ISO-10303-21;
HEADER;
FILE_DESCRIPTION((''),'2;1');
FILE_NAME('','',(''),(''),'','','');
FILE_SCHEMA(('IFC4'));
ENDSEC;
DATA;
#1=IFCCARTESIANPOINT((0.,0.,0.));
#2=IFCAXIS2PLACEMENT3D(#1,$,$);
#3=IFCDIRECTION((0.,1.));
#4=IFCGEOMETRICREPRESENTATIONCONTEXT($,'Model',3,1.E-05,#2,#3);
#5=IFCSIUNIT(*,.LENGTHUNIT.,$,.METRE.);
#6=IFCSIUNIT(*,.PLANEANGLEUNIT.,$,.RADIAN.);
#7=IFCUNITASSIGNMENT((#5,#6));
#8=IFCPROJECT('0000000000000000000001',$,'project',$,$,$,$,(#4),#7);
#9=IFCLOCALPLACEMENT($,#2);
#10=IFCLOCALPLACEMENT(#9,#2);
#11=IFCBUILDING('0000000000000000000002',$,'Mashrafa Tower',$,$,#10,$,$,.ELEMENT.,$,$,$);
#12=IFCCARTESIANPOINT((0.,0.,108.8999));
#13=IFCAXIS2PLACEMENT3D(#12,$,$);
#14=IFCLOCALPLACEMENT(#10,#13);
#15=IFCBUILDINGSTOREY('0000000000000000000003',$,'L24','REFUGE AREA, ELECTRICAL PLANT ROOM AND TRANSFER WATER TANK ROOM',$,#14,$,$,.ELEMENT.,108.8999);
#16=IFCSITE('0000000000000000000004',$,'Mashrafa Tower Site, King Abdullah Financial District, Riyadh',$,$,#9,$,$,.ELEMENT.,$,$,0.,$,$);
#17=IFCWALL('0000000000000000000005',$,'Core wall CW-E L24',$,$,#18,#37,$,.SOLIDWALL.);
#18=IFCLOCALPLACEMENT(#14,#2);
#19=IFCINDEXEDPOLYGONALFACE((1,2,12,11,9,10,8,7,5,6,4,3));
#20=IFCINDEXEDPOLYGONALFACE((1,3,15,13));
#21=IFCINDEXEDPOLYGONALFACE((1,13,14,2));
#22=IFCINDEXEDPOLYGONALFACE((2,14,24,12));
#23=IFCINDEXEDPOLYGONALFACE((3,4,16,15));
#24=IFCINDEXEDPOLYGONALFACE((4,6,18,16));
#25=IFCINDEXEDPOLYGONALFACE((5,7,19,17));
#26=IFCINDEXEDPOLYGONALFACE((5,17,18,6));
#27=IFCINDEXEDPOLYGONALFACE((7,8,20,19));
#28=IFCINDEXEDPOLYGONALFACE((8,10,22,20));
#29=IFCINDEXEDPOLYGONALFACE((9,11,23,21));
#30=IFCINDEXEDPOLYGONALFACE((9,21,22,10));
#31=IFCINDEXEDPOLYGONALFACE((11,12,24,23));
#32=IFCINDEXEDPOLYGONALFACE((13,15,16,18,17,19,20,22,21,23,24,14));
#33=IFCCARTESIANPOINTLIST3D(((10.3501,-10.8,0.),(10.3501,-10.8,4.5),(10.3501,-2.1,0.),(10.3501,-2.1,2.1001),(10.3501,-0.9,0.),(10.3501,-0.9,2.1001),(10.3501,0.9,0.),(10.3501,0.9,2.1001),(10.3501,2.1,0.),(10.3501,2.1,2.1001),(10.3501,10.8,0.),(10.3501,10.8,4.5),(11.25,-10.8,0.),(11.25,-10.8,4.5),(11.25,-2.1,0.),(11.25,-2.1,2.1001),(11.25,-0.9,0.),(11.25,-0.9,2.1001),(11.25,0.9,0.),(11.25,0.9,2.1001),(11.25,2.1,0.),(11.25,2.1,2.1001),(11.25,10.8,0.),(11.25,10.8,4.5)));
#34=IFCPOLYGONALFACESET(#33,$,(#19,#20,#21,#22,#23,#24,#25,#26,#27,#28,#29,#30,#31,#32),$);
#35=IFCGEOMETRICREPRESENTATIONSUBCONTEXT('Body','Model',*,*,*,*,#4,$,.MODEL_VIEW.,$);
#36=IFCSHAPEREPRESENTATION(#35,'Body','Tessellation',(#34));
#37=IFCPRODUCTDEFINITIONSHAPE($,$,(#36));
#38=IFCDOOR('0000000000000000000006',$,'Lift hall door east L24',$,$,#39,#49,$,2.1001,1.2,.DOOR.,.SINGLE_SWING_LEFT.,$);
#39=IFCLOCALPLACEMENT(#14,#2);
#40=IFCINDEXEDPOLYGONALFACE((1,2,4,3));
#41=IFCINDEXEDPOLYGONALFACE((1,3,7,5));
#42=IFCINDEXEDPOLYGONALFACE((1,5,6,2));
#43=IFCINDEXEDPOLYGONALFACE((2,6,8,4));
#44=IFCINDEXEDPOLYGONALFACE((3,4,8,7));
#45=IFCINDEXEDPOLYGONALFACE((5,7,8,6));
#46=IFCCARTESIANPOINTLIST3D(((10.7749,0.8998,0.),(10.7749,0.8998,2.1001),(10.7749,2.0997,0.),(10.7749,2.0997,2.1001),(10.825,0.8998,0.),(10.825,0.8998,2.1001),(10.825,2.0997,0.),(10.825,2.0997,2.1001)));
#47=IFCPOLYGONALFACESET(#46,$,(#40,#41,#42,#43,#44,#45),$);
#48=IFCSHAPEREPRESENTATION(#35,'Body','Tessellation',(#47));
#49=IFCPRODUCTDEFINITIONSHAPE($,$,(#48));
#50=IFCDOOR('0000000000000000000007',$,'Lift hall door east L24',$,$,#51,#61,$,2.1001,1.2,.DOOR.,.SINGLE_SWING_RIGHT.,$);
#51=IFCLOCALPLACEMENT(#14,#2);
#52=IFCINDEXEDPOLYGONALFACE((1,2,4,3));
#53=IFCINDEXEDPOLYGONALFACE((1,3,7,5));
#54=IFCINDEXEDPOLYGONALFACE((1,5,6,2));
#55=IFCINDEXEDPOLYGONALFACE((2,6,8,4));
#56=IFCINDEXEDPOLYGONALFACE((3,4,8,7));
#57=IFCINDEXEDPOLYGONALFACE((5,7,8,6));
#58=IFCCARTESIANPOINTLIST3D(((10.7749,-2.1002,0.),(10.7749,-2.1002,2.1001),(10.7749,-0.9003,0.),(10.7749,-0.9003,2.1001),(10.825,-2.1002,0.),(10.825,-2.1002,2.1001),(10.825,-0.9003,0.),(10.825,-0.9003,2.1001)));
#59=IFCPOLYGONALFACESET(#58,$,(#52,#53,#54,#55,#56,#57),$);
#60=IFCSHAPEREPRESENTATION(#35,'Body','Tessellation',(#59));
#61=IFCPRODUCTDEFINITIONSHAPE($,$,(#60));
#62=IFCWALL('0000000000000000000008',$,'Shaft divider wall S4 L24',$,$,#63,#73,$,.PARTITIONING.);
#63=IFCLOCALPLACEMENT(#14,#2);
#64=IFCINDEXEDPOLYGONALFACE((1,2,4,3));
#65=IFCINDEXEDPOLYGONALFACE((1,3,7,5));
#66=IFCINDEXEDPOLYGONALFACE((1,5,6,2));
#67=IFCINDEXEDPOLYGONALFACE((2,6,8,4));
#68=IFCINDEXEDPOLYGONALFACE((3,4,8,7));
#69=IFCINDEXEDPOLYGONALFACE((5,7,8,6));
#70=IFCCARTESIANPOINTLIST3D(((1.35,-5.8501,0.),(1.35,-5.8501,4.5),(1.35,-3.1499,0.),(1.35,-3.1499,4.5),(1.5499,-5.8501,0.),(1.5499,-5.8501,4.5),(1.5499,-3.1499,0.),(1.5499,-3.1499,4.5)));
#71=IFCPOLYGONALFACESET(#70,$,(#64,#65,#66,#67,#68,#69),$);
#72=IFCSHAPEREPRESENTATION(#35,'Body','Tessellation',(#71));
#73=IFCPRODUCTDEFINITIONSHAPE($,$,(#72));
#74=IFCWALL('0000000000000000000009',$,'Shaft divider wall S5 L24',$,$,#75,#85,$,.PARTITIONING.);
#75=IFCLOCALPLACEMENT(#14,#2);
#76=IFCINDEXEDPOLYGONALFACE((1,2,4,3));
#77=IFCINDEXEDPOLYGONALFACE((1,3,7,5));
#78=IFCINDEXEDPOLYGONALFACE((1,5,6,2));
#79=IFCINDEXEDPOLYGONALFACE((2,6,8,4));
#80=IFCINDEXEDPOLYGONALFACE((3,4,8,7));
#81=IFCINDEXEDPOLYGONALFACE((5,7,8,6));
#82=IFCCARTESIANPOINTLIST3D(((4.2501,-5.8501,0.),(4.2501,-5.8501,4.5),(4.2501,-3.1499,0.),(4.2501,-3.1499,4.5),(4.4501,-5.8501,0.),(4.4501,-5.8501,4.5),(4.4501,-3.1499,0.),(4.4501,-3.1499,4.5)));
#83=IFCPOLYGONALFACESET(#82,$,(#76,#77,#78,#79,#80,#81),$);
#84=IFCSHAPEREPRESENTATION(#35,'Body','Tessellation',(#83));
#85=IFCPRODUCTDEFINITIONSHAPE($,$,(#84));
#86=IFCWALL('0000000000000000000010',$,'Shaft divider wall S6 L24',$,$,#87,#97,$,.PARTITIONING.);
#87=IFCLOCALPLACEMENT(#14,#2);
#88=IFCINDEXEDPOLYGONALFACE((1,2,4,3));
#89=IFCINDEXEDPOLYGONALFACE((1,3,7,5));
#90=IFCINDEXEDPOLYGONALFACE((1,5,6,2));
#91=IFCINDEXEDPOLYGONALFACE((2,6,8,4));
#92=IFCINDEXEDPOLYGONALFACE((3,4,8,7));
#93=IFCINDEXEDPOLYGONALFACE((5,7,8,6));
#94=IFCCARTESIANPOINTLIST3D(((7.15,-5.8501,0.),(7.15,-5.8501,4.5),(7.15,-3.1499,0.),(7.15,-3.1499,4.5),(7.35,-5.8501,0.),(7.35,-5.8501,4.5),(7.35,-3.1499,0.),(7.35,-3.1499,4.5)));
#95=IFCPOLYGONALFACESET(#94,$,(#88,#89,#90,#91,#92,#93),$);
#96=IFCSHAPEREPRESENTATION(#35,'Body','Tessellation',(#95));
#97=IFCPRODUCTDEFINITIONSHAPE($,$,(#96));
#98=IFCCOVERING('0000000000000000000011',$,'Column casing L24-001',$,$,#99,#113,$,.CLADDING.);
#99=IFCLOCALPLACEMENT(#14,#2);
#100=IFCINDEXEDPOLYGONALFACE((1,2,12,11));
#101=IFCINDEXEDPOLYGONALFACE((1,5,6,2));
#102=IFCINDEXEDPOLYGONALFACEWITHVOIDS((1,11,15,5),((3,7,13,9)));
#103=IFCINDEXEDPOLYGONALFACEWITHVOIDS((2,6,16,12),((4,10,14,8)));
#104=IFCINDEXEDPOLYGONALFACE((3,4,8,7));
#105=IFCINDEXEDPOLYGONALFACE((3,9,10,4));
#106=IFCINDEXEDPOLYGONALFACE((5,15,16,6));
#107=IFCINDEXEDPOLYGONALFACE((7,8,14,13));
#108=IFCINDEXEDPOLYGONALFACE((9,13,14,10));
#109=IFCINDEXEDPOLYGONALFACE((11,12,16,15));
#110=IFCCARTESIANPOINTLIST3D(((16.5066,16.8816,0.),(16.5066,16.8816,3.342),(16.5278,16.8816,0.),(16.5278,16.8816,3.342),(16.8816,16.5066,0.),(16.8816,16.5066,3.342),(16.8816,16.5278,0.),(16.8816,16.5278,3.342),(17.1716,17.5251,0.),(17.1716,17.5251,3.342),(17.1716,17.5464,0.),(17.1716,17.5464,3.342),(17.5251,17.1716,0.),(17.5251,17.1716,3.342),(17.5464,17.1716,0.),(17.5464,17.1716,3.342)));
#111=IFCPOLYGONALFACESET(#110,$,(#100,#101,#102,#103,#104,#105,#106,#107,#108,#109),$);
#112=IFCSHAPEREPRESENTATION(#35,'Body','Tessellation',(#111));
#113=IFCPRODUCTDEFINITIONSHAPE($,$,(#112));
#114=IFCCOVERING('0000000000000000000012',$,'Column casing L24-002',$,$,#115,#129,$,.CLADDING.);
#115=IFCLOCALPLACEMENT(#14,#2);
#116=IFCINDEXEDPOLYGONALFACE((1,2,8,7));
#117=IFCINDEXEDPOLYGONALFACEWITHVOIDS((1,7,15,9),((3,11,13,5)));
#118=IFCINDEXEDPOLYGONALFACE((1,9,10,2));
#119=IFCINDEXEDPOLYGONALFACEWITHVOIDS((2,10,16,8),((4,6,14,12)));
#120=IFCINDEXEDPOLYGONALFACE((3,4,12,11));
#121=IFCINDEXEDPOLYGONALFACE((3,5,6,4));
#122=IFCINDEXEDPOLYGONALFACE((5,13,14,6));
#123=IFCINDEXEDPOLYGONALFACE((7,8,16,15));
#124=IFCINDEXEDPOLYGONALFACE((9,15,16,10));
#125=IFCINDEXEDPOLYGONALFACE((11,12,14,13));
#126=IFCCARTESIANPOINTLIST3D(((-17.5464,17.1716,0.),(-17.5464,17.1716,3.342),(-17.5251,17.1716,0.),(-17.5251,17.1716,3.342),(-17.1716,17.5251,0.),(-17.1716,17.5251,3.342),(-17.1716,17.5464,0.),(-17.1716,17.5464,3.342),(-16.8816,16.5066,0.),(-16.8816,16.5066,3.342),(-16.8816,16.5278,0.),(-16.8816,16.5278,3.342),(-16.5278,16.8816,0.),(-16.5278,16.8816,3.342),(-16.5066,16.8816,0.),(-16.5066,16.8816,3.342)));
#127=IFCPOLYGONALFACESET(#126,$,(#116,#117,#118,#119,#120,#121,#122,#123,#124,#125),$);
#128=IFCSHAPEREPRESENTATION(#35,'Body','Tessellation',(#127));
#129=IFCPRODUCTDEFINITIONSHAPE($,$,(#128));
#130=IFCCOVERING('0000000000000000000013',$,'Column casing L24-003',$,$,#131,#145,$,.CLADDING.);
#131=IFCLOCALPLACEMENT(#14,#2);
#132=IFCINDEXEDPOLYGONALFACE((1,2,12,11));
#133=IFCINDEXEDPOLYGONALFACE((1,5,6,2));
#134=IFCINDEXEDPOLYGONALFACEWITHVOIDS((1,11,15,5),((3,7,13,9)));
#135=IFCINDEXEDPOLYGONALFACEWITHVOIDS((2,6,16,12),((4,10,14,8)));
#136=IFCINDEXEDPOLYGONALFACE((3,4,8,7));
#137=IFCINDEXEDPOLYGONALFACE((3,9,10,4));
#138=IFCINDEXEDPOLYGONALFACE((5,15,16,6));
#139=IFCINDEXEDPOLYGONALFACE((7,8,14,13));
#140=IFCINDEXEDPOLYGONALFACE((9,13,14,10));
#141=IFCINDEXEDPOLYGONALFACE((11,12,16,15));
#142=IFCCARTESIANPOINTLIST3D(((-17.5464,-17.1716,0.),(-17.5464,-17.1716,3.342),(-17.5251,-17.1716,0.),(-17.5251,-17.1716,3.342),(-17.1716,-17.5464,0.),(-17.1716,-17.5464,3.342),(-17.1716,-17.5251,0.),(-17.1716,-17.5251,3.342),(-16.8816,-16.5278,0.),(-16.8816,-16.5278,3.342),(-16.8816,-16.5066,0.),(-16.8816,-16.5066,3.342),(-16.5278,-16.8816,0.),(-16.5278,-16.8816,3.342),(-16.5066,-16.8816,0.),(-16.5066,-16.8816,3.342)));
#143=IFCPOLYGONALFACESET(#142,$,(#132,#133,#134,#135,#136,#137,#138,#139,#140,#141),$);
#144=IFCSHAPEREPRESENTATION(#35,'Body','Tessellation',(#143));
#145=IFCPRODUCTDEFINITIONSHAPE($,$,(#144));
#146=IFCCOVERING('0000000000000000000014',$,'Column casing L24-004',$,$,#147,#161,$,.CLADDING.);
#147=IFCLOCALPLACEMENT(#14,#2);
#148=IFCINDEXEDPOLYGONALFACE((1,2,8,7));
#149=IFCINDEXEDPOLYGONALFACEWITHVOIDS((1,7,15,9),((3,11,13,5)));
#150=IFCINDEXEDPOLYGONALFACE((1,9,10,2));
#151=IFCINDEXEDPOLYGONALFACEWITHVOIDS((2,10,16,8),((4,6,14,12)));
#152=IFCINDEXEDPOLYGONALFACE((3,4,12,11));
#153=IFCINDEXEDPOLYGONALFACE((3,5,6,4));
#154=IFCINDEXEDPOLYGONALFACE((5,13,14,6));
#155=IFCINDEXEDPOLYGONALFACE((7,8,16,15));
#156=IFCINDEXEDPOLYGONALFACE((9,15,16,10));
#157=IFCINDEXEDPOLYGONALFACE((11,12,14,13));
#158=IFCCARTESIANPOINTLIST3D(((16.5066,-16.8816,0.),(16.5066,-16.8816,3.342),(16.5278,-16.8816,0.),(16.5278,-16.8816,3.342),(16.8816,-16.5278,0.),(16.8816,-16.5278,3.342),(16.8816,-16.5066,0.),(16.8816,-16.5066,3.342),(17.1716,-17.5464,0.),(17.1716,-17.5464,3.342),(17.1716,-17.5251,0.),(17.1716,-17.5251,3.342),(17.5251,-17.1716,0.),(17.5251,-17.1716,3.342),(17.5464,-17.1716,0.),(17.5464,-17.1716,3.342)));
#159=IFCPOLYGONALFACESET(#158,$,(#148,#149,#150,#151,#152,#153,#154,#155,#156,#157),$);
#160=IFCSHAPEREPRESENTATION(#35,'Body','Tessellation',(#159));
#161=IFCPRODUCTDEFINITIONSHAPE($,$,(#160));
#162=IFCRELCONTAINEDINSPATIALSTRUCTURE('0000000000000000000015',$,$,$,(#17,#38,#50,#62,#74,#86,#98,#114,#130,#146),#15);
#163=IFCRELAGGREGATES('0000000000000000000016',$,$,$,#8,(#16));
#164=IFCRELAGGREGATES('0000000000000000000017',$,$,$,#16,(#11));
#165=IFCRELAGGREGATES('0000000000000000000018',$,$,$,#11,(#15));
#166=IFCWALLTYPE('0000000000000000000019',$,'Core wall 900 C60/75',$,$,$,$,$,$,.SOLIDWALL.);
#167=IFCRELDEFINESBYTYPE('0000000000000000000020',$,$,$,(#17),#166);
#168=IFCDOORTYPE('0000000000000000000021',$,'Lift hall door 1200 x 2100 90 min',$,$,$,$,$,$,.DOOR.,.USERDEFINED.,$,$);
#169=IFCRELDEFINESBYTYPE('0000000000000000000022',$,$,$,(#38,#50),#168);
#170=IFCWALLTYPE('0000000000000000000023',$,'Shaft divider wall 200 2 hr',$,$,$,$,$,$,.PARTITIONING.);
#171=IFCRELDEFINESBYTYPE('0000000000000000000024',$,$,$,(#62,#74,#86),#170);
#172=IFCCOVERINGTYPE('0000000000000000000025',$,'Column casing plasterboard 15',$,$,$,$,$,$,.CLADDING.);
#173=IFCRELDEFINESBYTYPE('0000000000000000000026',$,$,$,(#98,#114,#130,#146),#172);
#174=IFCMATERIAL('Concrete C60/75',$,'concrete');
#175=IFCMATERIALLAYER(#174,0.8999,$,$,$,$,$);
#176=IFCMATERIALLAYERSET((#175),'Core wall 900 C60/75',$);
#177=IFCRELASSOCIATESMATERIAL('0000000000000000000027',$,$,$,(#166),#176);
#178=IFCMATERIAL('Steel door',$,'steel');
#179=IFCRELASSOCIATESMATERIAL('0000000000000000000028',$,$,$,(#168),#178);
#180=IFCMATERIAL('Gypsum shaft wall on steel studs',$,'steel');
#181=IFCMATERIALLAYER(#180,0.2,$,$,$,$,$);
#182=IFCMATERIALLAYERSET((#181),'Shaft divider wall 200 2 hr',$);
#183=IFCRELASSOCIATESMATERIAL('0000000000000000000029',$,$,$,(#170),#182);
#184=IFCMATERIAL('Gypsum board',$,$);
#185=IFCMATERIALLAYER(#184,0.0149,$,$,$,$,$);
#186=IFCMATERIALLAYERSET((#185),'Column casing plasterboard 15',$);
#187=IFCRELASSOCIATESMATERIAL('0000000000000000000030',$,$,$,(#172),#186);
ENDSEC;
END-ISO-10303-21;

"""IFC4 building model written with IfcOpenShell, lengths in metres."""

from ifc_helpers import new_model, si_unit, direction, frame, frame_2d, origin, place, context, subcontext, project, spatial, polyline, rectangle, outline, extrude, material, layer, layer_set, type_object, element, fill, save


model = new_model("IFC4")

# Units and contexts
model_context = context("Model", 3, precision=1e-05, world=origin(), true_north=direction((0.0, 1.0)))
body_context = subcontext(model_context, "Body", "Model", "MODEL_VIEW")
ifc_project = project(units=[si_unit("LENGTHUNIT", "METRE"), si_unit("PLANEANGLEUNIT", "RADIAN")], contexts=[model_context])

# Site, building, storey
site_placement = place(None, origin())
site = spatial("IfcSite", under=ifc_project, at=site_placement, Name="Mashrafa Tower Site, King Abdullah Financial District, Riyadh", CompositionType="ELEMENT", RefElevation=0.0)
building_placement = place(site_placement, origin())
building = spatial("IfcBuilding", under=site, at=building_placement, Name="Mashrafa Tower", CompositionType="ELEMENT")
storey_placement = place(building_placement, frame((0.0, 0.0, 108.8999)))
storey = spatial("IfcBuildingStorey", under=building, at=storey_placement, Name="L24", Description="REFUGE AREA, ELECTRICAL PLANT ROOM AND TRANSFER WATER TANK ROOM", CompositionType="ELEMENT", Elevation=108.8999)

# Wall, openings, doors
ifc_material_1 = material(Name="Concrete C60/75", Category="concrete")
ifc_layer_1 = layer(ifc_material_1, 0.8999)
ifc_layer_set_1 = layer_set([ifc_layer_1], Name="Core wall 900 C60/75")
wall_type_1 = type_object("IfcWallType", Name="Core wall 900 C60/75", PredefinedType="SOLIDWALL", material=ifc_layer_set_1)
wall_1_placement = place(storey_placement, frame((10.8, -10.8, 0.0), z_axis=(0.0, 0.0, 1.0), x_axis=(0.0, 1.0, 0.0)))
wall_1 = element("IfcWall", 1, at=wall_1_placement, inside=storey, type_object=wall_type_1, Name="Core wall CW-E L24", PredefinedType="SOLIDWALL", context=body_context, shape_type="SweptSolid", body=[
    extrude(rectangle(XDim=21.6001, YDim=0.8999, at=frame_2d((10.8, 0.0))), origin(), (0.0, 0.0, 1.0), 4.5),
])
opening_1_placement = place(wall_1_placement, frame((11.7, 0.0, 0.0)))
opening_1 = element("IfcOpeningElement", 2, at=opening_1_placement, cuts=wall_1, PredefinedType="OPENING", context=body_context, shape_type="SweptSolid", body=[
    extrude(rectangle(XDim=1.2, YDim=2.1001, at=frame_2d((0.6001, 1.05))), frame((0.0, 0.46, 0.0), z_axis=(0.0, -1.0, 0.0), x_axis=(1.0, 0.0, 0.0)), (0.0, 0.0, 1.0), 0.9199),
])
opening_2_placement = place(wall_1_placement, frame((8.7, 0.0, 0.0)))
opening_2 = element("IfcOpeningElement", 3, at=opening_2_placement, cuts=wall_1, PredefinedType="OPENING", context=body_context, shape_type="SweptSolid", body=[
    extrude(rectangle(XDim=1.2, YDim=2.1001, at=frame_2d((0.6001, 1.05))), frame((0.0, 0.46, 0.0), z_axis=(0.0, -1.0, 0.0), x_axis=(1.0, 0.0, 0.0)), (0.0, 0.0, 1.0), 0.9199),
])
ifc_material_2 = material(Name="Steel door", Category="steel")
door_type_1 = type_object("IfcDoorType", Name="Lift hall door 1200 x 2100 90 min", OperationType="USERDEFINED", PredefinedType="DOOR", material=ifc_material_2)
door_1_placement = place(opening_1_placement, frame((1.2, 0.0, 0.0), z_axis=(0.0, 0.0, 1.0), x_axis=(-1.0, 0.0, 0.0)))
door_1 = element("IfcDoor", 4, at=door_1_placement, inside=storey, type_object=door_type_1, Name="Lift hall door east L24", OperationType="SINGLE_SWING_LEFT", OverallHeight=2.1001, OverallWidth=1.2, PredefinedType="DOOR", context=body_context, shape_type="SweptSolid", body=[
    extrude(rectangle(XDim=1.2, YDim=2.1001, at=frame_2d((0.6001, 1.05))), frame((0.0, 0.0249, 0.0), z_axis=(0.0, -1.0, 0.0), x_axis=(1.0, 0.0, 0.0)), (0.0, 0.0, 1.0), 0.05),
])
fill(opening_1, door_1)
door_2_placement = place(opening_2_placement, frame((1.2, 0.0, 0.0), z_axis=(0.0, 0.0, 1.0), x_axis=(-1.0, 0.0, 0.0)))
door_2 = element("IfcDoor", 5, at=door_2_placement, inside=storey, type_object=door_type_1, Name="Lift hall door east L24", OperationType="SINGLE_SWING_RIGHT", OverallHeight=2.1001, OverallWidth=1.2, PredefinedType="DOOR", context=body_context, shape_type="SweptSolid", body=[
    extrude(rectangle(XDim=1.2, YDim=2.1001, at=frame_2d((0.6001, 1.05))), frame((0.0, 0.0249, 0.0), z_axis=(0.0, -1.0, 0.0), x_axis=(1.0, 0.0, 0.0)), (0.0, 0.0, 1.0), 0.05),
])
fill(opening_2, door_2)

# Walls
ifc_material_3 = material(Name="Gypsum shaft wall on steel studs", Category="steel")
ifc_layer_2 = layer(ifc_material_3, 0.2)
ifc_layer_set_2 = layer_set([ifc_layer_2], Name="Shaft divider wall 200 2 hr")
wall_type_2 = type_object("IfcWallType", Name="Shaft divider wall 200 2 hr", PredefinedType="PARTITIONING", material=ifc_layer_set_2)
for number, where, z_axis, x_axis, name in (
    (6, (1.45, -5.8501, 0.0), (0.0, 0.0, 1.0), (0.0, 1.0, 0.0), "Shaft divider wall S4 L24"),
    (7, (4.3501, -5.8501, 0.0), (0.0, 0.0, 1.0), (0.0, 1.0, 0.0), "Shaft divider wall S5 L24"),
    (8, (7.25, -5.8501, 0.0), (0.0, 0.0, 1.0), (0.0, 1.0, 0.0), "Shaft divider wall S6 L24"),
):
    element("IfcWall", number, at=place(storey_placement, frame(where, z_axis=z_axis, x_axis=x_axis)), inside=storey, type_object=wall_type_2, Name=name, PredefinedType="PARTITIONING", context=body_context, shape_type="SweptSolid", body=[
        extrude(rectangle(XDim=2.7002, YDim=0.2, at=frame_2d((1.3501, 0.0))), origin(), (0.0, 0.0, 1.0), 4.5),
    ])

# Coverings
ifc_material_4 = material(Name="Gypsum board")
ifc_layer_3 = layer(ifc_material_4, 0.0149)
ifc_layer_set_3 = layer_set([ifc_layer_3], Name="Column casing plasterboard 15")
covering_type = type_object("IfcCoveringType", Name="Column casing plasterboard 15", PredefinedType="CLADDING", material=ifc_layer_set_3)
covering_1_placement = place(storey_placement, origin())
element("IfcCovering", 9, at=covering_1_placement, inside=storey, type_object=covering_type, Name="Column casing L24-001", PredefinedType="CLADDING", context=body_context, shape_type="SweptSolid", body=[
    extrude(outline(polyline([(16.5066, 16.8816), (17.1716, 17.5464), (17.5464, 17.1716), (16.8816, 16.5066), (16.5066, 16.8816)]), holes=[polyline([(17.5251, 17.1716), (17.1716, 17.5251), (16.5278, 16.8816), (16.8816, 16.5278), (17.5251, 17.1716)])]), origin(), (0.0, 0.0, 1.0), 3.342),
])
covering_2_placement = place(storey_placement, origin())
element("IfcCovering", 10, at=covering_2_placement, inside=storey, type_object=covering_type, Name="Column casing L24-002", PredefinedType="CLADDING", context=body_context, shape_type="SweptSolid", body=[
    extrude(outline(polyline([(-17.5464, 17.1716), (-17.1716, 17.5464), (-16.5066, 16.8816), (-16.8816, 16.5066), (-17.5464, 17.1716)]), holes=[polyline([(-16.5278, 16.8816), (-17.1716, 17.5251), (-17.5251, 17.1716), (-16.8816, 16.5278), (-16.5278, 16.8816)])]), origin(), (0.0, 0.0, 1.0), 3.342),
])
covering_3_placement = place(storey_placement, origin())
element("IfcCovering", 11, at=covering_3_placement, inside=storey, type_object=covering_type, Name="Column casing L24-003", PredefinedType="CLADDING", context=body_context, shape_type="SweptSolid", body=[
    extrude(outline(polyline([(-17.5464, -17.1716), (-16.8816, -16.5066), (-16.5066, -16.8816), (-17.1716, -17.5464), (-17.5464, -17.1716)]), holes=[polyline([(-16.5278, -16.8816), (-16.8816, -16.5278), (-17.5251, -17.1716), (-17.1716, -17.5251), (-16.5278, -16.8816)])]), origin(), (0.0, 0.0, 1.0), 3.342),
])
covering_4_placement = place(storey_placement, origin())
element("IfcCovering", 12, at=covering_4_placement, inside=storey, type_object=covering_type, Name="Column casing L24-004", PredefinedType="CLADDING", context=body_context, shape_type="SweptSolid", body=[
    extrude(outline(polyline([(16.5066, -16.8816), (16.8816, -16.5066), (17.5464, -17.1716), (17.1716, -17.5464), (16.5066, -16.8816)]), holes=[polyline([(17.5251, -17.1716), (16.8816, -16.5278), (16.5278, -16.8816), (17.1716, -17.5251), (17.5251, -17.1716)])]), origin(), (0.0, 0.0, 1.0), 3.342),
])

save(model, "model.ifc")
